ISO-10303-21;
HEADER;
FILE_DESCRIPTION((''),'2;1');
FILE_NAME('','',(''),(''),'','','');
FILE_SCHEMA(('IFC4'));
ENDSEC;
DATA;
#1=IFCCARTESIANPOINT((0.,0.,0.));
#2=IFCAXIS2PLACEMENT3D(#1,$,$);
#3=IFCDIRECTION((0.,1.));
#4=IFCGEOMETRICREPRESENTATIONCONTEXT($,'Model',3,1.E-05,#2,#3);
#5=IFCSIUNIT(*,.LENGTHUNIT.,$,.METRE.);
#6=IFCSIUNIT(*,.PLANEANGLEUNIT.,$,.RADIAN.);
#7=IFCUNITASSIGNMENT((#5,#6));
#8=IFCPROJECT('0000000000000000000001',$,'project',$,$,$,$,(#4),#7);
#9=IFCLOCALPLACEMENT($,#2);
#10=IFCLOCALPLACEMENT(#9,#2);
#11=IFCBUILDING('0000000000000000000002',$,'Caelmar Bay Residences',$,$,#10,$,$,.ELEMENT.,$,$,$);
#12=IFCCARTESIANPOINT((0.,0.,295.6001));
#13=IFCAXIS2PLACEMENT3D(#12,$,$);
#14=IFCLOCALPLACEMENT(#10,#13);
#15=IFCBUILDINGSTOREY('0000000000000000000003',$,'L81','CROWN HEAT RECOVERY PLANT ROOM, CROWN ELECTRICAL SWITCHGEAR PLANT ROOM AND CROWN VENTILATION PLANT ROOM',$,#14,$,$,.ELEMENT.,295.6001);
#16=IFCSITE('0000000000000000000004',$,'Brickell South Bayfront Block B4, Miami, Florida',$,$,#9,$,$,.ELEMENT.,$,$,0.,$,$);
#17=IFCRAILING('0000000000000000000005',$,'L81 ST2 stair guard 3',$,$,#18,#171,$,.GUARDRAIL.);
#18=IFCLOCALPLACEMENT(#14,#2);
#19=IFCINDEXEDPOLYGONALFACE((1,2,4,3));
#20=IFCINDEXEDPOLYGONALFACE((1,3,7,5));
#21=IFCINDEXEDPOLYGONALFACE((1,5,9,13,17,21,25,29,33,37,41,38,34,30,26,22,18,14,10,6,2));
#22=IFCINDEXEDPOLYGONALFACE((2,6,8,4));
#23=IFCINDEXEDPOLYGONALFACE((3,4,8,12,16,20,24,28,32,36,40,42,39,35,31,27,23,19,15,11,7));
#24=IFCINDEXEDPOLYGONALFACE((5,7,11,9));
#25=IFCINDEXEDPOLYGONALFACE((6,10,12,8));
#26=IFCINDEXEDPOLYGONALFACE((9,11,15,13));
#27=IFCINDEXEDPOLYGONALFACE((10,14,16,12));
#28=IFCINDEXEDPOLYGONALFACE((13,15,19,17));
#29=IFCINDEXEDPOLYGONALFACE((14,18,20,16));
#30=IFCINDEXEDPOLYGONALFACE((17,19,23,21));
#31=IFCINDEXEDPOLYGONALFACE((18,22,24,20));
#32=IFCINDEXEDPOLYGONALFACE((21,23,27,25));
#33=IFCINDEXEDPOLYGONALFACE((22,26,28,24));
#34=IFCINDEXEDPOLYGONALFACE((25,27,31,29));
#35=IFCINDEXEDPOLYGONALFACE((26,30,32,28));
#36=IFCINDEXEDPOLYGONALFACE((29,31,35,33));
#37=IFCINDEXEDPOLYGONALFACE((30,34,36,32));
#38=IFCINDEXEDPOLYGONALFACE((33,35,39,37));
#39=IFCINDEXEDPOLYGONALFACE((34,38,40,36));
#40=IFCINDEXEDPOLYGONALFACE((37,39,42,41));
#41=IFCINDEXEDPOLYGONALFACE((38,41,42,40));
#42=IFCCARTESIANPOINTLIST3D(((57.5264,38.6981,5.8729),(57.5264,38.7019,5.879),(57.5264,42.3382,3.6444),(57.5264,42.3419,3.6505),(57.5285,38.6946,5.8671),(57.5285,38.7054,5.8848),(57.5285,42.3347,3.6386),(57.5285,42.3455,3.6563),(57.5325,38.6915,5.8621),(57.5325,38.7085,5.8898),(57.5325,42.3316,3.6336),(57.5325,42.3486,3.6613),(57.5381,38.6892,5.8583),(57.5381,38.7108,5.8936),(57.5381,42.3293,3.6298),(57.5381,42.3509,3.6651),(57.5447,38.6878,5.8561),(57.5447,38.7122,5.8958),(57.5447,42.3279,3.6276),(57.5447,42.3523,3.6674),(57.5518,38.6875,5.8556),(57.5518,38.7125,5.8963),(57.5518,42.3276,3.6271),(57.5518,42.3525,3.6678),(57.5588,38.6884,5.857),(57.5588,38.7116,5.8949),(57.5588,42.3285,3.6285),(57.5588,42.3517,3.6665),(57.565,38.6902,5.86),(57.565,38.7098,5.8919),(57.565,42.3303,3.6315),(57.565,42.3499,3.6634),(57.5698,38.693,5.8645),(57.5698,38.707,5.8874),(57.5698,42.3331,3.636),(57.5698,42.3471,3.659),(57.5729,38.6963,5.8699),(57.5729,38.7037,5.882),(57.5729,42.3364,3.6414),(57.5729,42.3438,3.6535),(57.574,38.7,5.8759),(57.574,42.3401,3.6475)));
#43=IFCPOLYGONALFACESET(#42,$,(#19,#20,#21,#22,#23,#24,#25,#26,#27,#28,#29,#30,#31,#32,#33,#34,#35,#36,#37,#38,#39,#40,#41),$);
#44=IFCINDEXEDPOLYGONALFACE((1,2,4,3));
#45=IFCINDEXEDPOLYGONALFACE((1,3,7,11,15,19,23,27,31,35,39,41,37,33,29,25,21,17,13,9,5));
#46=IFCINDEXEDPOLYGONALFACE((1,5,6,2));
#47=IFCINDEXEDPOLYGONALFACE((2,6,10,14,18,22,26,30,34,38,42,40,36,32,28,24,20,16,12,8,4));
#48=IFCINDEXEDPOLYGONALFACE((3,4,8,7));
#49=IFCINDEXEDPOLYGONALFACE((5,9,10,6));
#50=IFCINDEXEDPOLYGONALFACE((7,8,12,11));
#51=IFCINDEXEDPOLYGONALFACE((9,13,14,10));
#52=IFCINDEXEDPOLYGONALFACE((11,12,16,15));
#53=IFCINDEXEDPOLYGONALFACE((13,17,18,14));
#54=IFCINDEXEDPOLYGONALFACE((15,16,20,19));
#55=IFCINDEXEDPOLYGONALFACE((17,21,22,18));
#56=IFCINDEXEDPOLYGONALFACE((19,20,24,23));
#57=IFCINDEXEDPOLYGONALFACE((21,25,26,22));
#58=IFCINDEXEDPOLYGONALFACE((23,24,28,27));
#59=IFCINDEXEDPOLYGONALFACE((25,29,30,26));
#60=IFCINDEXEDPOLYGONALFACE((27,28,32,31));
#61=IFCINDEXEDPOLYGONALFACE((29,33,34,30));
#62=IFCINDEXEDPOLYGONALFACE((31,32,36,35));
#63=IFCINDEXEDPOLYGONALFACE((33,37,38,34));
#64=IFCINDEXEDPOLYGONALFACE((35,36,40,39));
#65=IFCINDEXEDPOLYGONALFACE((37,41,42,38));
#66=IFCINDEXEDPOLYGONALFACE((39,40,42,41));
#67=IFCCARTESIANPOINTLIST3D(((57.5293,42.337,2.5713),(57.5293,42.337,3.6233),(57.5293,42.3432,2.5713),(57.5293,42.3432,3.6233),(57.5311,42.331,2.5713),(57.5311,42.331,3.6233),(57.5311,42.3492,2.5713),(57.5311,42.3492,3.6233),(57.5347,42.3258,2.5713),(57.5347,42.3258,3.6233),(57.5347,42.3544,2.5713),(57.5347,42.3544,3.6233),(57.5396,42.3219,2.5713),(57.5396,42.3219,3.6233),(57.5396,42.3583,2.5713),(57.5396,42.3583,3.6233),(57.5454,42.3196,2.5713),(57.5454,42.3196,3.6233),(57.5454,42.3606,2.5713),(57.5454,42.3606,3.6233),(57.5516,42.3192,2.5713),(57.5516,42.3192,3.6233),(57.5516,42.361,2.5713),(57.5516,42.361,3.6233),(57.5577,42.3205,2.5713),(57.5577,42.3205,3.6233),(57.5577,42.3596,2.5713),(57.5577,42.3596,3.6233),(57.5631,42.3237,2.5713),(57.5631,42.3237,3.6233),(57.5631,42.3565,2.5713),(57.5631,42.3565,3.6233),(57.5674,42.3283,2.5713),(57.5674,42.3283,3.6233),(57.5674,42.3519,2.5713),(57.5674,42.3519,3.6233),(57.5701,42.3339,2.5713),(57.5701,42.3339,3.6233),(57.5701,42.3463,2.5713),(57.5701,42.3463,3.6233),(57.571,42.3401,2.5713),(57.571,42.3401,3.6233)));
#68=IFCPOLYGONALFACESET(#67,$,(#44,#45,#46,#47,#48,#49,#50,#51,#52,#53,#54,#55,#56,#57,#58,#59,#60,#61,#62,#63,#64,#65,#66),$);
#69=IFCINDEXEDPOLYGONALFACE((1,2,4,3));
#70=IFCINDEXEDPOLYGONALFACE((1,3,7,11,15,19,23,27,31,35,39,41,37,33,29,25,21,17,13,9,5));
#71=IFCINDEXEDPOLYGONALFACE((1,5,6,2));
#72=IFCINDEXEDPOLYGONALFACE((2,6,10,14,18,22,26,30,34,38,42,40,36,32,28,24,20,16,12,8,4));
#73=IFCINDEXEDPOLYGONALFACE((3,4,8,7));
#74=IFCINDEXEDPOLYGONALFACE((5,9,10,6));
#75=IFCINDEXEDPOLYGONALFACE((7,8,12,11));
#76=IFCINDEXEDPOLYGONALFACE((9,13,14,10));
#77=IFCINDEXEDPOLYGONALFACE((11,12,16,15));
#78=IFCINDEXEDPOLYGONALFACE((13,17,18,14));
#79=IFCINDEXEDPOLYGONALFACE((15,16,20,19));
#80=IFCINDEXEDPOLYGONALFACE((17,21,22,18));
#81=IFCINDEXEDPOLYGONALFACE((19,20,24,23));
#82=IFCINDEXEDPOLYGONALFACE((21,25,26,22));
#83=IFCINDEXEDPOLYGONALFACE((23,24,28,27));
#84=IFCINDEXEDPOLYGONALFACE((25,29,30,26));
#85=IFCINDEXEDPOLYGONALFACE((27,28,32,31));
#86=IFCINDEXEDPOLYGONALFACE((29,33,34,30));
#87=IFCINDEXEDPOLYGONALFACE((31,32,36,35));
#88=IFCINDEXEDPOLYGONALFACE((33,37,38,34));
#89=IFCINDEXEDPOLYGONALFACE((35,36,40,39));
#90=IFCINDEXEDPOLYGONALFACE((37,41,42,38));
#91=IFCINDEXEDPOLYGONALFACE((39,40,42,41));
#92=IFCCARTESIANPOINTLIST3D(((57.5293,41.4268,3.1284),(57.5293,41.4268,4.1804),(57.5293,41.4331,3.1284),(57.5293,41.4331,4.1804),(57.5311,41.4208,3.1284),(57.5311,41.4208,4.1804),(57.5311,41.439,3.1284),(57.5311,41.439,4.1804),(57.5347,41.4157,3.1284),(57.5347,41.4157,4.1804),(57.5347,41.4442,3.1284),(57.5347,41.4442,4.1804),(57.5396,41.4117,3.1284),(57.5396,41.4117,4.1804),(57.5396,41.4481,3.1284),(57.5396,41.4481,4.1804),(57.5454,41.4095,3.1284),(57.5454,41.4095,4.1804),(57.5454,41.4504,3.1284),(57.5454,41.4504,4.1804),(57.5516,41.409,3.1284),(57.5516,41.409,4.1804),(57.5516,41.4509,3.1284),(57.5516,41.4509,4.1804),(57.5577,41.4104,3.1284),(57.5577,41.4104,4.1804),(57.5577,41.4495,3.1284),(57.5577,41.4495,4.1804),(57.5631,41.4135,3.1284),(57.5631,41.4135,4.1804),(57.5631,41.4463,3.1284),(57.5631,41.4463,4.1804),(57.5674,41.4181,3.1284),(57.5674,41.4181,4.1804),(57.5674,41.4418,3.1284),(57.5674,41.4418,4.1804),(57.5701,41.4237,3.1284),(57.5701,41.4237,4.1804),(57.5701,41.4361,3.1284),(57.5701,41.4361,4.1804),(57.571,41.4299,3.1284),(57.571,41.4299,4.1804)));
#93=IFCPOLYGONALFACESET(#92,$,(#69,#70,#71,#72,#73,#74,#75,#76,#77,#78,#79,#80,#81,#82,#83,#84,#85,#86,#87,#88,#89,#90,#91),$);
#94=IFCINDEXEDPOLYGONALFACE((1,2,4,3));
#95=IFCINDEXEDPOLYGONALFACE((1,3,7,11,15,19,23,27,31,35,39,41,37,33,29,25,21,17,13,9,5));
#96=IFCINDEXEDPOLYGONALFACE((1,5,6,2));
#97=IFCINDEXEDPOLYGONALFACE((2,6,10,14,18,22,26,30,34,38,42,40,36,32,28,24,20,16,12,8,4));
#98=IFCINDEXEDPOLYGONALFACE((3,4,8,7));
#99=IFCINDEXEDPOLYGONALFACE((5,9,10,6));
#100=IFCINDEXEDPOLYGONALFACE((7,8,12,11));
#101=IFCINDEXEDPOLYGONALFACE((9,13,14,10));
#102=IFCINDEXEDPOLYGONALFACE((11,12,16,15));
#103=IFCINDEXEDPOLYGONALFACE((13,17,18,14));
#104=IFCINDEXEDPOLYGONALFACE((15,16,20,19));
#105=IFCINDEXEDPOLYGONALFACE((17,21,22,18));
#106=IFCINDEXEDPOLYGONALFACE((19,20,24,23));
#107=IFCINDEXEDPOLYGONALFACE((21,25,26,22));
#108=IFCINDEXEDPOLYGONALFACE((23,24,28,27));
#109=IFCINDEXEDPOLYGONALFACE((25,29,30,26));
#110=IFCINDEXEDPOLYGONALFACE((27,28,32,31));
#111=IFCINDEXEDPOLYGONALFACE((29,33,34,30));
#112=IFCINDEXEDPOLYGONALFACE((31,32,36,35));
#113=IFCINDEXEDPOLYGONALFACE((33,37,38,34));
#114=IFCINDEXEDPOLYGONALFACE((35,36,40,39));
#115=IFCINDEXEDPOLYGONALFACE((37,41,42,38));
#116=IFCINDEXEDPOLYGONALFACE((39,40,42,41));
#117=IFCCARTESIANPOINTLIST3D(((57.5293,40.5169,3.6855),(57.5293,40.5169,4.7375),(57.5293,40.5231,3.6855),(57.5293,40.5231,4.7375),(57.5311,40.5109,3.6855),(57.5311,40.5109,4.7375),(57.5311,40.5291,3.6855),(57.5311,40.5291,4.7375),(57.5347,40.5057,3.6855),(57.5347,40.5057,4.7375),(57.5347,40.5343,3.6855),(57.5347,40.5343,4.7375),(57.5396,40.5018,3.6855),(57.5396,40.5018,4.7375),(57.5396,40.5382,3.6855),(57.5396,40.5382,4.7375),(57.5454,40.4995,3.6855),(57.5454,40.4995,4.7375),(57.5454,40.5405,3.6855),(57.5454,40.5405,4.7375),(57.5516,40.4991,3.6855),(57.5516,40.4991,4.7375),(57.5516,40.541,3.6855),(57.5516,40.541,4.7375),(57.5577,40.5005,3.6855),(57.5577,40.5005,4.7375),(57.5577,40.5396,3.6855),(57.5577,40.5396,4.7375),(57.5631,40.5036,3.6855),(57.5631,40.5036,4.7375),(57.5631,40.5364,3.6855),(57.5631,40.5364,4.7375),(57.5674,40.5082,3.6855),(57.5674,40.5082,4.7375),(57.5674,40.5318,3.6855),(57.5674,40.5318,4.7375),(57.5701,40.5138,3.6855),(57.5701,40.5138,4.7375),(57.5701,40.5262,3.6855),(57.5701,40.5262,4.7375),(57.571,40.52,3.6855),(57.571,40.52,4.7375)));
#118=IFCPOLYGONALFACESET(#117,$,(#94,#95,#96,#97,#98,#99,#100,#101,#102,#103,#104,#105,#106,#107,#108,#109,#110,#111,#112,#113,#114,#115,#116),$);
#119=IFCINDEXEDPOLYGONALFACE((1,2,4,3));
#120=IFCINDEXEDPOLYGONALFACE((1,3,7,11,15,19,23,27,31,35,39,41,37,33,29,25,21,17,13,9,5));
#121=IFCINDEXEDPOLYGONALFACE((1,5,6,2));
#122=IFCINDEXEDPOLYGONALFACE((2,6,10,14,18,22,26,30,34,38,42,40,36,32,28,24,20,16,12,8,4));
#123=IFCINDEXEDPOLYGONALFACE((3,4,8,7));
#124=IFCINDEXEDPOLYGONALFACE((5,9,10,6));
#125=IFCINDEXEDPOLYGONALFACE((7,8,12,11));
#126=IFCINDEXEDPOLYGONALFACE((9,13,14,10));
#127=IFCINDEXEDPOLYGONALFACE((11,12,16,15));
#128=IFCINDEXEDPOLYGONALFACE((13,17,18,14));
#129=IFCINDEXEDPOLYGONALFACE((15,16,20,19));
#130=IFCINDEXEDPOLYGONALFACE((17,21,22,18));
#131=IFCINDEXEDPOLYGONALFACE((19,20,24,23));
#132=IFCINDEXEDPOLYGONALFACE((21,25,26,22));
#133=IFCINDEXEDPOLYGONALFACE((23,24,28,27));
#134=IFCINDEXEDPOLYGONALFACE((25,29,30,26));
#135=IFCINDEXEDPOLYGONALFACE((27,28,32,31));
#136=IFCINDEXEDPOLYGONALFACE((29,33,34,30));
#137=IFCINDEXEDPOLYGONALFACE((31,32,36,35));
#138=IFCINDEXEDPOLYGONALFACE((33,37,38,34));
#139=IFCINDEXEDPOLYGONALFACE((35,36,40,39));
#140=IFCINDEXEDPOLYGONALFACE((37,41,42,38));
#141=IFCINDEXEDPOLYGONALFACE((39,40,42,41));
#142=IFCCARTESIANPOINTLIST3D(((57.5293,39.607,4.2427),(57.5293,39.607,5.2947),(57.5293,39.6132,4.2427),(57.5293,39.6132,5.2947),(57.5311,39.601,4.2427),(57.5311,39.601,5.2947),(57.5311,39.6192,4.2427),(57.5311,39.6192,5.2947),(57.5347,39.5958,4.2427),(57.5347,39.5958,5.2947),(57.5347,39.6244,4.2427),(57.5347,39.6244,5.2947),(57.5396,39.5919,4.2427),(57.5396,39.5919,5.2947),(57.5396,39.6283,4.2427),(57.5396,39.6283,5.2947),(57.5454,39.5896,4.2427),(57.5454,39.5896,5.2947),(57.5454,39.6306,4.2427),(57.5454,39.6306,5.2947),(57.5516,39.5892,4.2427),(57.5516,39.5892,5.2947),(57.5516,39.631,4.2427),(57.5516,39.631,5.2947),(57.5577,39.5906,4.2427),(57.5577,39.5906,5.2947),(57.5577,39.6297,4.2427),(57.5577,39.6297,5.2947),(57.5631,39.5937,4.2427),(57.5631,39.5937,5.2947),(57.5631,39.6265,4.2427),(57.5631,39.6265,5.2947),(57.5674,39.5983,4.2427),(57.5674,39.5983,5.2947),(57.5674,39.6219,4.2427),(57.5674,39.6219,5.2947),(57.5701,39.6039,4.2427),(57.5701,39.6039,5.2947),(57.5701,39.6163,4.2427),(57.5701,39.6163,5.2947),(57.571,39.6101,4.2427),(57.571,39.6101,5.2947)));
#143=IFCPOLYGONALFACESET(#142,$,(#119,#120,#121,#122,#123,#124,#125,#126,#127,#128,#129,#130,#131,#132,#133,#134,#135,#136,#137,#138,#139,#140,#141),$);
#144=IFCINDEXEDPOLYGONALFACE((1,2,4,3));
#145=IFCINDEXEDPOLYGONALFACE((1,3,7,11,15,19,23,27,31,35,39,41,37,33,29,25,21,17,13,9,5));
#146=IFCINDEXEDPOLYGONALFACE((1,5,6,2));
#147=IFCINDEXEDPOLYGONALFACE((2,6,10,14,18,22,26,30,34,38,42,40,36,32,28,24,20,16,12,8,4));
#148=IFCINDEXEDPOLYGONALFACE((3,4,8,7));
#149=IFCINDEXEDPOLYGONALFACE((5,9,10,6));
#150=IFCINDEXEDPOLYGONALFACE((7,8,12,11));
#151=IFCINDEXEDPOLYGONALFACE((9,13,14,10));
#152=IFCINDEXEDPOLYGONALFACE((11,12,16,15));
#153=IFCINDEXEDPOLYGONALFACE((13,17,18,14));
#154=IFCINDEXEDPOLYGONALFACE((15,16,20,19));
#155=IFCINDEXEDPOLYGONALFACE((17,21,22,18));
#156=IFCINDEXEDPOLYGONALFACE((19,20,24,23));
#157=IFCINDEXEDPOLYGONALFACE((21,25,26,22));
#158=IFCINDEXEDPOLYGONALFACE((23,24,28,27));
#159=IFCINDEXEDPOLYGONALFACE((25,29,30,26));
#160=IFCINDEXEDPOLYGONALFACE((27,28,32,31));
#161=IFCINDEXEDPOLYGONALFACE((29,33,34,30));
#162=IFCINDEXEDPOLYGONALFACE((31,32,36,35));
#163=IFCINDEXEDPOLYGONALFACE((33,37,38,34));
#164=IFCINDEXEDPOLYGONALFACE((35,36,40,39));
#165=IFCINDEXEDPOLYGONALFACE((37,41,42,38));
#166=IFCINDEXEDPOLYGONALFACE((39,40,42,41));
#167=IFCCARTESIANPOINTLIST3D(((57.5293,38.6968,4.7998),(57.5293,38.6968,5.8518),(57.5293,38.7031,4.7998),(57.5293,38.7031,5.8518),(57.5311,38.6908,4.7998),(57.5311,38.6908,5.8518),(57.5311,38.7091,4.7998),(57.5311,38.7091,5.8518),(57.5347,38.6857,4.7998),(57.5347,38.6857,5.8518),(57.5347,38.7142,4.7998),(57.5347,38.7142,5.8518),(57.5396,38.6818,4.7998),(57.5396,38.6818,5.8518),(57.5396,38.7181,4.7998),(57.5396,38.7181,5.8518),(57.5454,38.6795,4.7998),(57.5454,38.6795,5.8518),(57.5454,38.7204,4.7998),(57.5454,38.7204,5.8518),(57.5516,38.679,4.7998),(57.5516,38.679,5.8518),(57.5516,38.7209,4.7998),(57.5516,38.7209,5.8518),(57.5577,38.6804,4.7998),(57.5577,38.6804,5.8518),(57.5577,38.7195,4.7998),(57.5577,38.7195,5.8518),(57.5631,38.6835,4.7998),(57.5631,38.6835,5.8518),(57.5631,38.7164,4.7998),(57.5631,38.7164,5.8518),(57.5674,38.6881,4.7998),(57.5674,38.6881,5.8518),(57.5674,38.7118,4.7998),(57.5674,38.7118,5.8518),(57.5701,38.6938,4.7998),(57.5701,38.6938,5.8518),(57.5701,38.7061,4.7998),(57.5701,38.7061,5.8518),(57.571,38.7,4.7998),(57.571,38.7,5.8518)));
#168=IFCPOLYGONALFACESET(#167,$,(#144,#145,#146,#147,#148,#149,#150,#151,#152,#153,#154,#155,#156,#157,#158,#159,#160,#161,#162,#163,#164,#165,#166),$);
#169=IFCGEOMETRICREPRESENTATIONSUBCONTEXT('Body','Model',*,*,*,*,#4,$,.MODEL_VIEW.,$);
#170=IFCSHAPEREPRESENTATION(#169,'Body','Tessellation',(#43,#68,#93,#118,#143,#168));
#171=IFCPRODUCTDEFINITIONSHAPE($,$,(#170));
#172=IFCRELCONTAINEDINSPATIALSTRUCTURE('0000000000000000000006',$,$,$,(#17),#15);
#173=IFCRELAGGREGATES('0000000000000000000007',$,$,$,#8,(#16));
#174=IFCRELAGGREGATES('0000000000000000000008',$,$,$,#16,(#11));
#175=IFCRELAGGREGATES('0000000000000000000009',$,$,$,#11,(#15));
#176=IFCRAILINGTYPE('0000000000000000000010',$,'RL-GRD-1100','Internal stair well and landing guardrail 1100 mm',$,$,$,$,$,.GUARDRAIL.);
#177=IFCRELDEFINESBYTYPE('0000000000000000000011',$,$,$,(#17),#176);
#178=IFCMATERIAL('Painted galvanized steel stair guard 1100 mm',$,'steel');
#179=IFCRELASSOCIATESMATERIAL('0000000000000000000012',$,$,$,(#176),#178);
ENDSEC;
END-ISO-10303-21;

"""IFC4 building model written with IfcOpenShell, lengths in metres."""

from ifc_helpers import new_model, si_unit, direction, frame, origin, origin_2d, place, context, subcontext, project, spatial, circle, extrude, material, type_object, element, save


model = new_model("IFC4")

# Units and contexts
model_context = context("Model", 3, precision=1e-05, world=origin(), true_north=direction((0.0, 1.0)))
body_context = subcontext(model_context, "Body", "Model", "MODEL_VIEW")
ifc_project = project(units=[si_unit("LENGTHUNIT", "METRE"), si_unit("PLANEANGLEUNIT", "RADIAN")], contexts=[model_context])

# Site, building, storey
site_placement = place(None, origin())
site = spatial("IfcSite", under=ifc_project, at=site_placement, Name="Brickell South Bayfront Block B4, Miami, Florida", CompositionType="ELEMENT", RefElevation=0.0)
building_placement = place(site_placement, origin())
building = spatial("IfcBuilding", under=site, at=building_placement, Name="Caelmar Bay Residences", CompositionType="ELEMENT")
storey_placement = place(building_placement, frame((0.0, 0.0, 295.6001)))
storey = spatial("IfcBuildingStorey", under=building, at=storey_placement, Name="L81", Description="CROWN HEAT RECOVERY PLANT ROOM, CROWN ELECTRICAL SWITCHGEAR PLANT ROOM AND CROWN VENTILATION PLANT ROOM", CompositionType="ELEMENT", Elevation=295.6001)

# Railing
ifc_material_1 = material(Name="Painted galvanized steel stair guard 1100 mm", Category="steel")
railing_type_1 = type_object("IfcRailingType", Name="RL-GRD-1100", Description="Internal stair well and landing guardrail 1100 mm", PredefinedType="GUARDRAIL", material=ifc_material_1)
railing_1_placement = place(storey_placement, frame((57.55, 42.3401, 2.5713)))
element("IfcRailing", 1, at=railing_1_placement, inside=storey, type_object=railing_type_1, Name="L81 ST2 stair guard 3", PredefinedType="GUARDRAIL", context=body_context, shape_type="SweptSolid", body=[
    extrude(circle(Radius=0.0239, at=origin_2d()), frame((0.0, 0.0, 1.0762), z_axis=(0.0, -0.852866, 0.52213), x_axis=(1.0, 0.0, 0.0)), (0.0, 0.0, 1.0), 4.2681),
    extrude(circle(Radius=0.021, at=origin_2d()), origin(), (0.0, 0.0, 1.0), 1.052),
    extrude(circle(Radius=0.021, at=origin_2d()), frame((0.0, -0.9102, 0.5571)), (0.0, 0.0, 1.0), 1.052),
    extrude(circle(Radius=0.021, at=origin_2d()), frame((0.0, -1.8201, 1.1143)), (0.0, 0.0, 1.0), 1.052),
    extrude(circle(Radius=0.021, at=origin_2d()), frame((0.0, -2.73, 1.6714)), (0.0, 0.0, 1.0), 1.052),
    extrude(circle(Radius=0.021, at=origin_2d()), frame((0.0, -3.6401, 2.2285)), (0.0, 0.0, 1.0), 1.052),
])

save(model, "model.ifc")
